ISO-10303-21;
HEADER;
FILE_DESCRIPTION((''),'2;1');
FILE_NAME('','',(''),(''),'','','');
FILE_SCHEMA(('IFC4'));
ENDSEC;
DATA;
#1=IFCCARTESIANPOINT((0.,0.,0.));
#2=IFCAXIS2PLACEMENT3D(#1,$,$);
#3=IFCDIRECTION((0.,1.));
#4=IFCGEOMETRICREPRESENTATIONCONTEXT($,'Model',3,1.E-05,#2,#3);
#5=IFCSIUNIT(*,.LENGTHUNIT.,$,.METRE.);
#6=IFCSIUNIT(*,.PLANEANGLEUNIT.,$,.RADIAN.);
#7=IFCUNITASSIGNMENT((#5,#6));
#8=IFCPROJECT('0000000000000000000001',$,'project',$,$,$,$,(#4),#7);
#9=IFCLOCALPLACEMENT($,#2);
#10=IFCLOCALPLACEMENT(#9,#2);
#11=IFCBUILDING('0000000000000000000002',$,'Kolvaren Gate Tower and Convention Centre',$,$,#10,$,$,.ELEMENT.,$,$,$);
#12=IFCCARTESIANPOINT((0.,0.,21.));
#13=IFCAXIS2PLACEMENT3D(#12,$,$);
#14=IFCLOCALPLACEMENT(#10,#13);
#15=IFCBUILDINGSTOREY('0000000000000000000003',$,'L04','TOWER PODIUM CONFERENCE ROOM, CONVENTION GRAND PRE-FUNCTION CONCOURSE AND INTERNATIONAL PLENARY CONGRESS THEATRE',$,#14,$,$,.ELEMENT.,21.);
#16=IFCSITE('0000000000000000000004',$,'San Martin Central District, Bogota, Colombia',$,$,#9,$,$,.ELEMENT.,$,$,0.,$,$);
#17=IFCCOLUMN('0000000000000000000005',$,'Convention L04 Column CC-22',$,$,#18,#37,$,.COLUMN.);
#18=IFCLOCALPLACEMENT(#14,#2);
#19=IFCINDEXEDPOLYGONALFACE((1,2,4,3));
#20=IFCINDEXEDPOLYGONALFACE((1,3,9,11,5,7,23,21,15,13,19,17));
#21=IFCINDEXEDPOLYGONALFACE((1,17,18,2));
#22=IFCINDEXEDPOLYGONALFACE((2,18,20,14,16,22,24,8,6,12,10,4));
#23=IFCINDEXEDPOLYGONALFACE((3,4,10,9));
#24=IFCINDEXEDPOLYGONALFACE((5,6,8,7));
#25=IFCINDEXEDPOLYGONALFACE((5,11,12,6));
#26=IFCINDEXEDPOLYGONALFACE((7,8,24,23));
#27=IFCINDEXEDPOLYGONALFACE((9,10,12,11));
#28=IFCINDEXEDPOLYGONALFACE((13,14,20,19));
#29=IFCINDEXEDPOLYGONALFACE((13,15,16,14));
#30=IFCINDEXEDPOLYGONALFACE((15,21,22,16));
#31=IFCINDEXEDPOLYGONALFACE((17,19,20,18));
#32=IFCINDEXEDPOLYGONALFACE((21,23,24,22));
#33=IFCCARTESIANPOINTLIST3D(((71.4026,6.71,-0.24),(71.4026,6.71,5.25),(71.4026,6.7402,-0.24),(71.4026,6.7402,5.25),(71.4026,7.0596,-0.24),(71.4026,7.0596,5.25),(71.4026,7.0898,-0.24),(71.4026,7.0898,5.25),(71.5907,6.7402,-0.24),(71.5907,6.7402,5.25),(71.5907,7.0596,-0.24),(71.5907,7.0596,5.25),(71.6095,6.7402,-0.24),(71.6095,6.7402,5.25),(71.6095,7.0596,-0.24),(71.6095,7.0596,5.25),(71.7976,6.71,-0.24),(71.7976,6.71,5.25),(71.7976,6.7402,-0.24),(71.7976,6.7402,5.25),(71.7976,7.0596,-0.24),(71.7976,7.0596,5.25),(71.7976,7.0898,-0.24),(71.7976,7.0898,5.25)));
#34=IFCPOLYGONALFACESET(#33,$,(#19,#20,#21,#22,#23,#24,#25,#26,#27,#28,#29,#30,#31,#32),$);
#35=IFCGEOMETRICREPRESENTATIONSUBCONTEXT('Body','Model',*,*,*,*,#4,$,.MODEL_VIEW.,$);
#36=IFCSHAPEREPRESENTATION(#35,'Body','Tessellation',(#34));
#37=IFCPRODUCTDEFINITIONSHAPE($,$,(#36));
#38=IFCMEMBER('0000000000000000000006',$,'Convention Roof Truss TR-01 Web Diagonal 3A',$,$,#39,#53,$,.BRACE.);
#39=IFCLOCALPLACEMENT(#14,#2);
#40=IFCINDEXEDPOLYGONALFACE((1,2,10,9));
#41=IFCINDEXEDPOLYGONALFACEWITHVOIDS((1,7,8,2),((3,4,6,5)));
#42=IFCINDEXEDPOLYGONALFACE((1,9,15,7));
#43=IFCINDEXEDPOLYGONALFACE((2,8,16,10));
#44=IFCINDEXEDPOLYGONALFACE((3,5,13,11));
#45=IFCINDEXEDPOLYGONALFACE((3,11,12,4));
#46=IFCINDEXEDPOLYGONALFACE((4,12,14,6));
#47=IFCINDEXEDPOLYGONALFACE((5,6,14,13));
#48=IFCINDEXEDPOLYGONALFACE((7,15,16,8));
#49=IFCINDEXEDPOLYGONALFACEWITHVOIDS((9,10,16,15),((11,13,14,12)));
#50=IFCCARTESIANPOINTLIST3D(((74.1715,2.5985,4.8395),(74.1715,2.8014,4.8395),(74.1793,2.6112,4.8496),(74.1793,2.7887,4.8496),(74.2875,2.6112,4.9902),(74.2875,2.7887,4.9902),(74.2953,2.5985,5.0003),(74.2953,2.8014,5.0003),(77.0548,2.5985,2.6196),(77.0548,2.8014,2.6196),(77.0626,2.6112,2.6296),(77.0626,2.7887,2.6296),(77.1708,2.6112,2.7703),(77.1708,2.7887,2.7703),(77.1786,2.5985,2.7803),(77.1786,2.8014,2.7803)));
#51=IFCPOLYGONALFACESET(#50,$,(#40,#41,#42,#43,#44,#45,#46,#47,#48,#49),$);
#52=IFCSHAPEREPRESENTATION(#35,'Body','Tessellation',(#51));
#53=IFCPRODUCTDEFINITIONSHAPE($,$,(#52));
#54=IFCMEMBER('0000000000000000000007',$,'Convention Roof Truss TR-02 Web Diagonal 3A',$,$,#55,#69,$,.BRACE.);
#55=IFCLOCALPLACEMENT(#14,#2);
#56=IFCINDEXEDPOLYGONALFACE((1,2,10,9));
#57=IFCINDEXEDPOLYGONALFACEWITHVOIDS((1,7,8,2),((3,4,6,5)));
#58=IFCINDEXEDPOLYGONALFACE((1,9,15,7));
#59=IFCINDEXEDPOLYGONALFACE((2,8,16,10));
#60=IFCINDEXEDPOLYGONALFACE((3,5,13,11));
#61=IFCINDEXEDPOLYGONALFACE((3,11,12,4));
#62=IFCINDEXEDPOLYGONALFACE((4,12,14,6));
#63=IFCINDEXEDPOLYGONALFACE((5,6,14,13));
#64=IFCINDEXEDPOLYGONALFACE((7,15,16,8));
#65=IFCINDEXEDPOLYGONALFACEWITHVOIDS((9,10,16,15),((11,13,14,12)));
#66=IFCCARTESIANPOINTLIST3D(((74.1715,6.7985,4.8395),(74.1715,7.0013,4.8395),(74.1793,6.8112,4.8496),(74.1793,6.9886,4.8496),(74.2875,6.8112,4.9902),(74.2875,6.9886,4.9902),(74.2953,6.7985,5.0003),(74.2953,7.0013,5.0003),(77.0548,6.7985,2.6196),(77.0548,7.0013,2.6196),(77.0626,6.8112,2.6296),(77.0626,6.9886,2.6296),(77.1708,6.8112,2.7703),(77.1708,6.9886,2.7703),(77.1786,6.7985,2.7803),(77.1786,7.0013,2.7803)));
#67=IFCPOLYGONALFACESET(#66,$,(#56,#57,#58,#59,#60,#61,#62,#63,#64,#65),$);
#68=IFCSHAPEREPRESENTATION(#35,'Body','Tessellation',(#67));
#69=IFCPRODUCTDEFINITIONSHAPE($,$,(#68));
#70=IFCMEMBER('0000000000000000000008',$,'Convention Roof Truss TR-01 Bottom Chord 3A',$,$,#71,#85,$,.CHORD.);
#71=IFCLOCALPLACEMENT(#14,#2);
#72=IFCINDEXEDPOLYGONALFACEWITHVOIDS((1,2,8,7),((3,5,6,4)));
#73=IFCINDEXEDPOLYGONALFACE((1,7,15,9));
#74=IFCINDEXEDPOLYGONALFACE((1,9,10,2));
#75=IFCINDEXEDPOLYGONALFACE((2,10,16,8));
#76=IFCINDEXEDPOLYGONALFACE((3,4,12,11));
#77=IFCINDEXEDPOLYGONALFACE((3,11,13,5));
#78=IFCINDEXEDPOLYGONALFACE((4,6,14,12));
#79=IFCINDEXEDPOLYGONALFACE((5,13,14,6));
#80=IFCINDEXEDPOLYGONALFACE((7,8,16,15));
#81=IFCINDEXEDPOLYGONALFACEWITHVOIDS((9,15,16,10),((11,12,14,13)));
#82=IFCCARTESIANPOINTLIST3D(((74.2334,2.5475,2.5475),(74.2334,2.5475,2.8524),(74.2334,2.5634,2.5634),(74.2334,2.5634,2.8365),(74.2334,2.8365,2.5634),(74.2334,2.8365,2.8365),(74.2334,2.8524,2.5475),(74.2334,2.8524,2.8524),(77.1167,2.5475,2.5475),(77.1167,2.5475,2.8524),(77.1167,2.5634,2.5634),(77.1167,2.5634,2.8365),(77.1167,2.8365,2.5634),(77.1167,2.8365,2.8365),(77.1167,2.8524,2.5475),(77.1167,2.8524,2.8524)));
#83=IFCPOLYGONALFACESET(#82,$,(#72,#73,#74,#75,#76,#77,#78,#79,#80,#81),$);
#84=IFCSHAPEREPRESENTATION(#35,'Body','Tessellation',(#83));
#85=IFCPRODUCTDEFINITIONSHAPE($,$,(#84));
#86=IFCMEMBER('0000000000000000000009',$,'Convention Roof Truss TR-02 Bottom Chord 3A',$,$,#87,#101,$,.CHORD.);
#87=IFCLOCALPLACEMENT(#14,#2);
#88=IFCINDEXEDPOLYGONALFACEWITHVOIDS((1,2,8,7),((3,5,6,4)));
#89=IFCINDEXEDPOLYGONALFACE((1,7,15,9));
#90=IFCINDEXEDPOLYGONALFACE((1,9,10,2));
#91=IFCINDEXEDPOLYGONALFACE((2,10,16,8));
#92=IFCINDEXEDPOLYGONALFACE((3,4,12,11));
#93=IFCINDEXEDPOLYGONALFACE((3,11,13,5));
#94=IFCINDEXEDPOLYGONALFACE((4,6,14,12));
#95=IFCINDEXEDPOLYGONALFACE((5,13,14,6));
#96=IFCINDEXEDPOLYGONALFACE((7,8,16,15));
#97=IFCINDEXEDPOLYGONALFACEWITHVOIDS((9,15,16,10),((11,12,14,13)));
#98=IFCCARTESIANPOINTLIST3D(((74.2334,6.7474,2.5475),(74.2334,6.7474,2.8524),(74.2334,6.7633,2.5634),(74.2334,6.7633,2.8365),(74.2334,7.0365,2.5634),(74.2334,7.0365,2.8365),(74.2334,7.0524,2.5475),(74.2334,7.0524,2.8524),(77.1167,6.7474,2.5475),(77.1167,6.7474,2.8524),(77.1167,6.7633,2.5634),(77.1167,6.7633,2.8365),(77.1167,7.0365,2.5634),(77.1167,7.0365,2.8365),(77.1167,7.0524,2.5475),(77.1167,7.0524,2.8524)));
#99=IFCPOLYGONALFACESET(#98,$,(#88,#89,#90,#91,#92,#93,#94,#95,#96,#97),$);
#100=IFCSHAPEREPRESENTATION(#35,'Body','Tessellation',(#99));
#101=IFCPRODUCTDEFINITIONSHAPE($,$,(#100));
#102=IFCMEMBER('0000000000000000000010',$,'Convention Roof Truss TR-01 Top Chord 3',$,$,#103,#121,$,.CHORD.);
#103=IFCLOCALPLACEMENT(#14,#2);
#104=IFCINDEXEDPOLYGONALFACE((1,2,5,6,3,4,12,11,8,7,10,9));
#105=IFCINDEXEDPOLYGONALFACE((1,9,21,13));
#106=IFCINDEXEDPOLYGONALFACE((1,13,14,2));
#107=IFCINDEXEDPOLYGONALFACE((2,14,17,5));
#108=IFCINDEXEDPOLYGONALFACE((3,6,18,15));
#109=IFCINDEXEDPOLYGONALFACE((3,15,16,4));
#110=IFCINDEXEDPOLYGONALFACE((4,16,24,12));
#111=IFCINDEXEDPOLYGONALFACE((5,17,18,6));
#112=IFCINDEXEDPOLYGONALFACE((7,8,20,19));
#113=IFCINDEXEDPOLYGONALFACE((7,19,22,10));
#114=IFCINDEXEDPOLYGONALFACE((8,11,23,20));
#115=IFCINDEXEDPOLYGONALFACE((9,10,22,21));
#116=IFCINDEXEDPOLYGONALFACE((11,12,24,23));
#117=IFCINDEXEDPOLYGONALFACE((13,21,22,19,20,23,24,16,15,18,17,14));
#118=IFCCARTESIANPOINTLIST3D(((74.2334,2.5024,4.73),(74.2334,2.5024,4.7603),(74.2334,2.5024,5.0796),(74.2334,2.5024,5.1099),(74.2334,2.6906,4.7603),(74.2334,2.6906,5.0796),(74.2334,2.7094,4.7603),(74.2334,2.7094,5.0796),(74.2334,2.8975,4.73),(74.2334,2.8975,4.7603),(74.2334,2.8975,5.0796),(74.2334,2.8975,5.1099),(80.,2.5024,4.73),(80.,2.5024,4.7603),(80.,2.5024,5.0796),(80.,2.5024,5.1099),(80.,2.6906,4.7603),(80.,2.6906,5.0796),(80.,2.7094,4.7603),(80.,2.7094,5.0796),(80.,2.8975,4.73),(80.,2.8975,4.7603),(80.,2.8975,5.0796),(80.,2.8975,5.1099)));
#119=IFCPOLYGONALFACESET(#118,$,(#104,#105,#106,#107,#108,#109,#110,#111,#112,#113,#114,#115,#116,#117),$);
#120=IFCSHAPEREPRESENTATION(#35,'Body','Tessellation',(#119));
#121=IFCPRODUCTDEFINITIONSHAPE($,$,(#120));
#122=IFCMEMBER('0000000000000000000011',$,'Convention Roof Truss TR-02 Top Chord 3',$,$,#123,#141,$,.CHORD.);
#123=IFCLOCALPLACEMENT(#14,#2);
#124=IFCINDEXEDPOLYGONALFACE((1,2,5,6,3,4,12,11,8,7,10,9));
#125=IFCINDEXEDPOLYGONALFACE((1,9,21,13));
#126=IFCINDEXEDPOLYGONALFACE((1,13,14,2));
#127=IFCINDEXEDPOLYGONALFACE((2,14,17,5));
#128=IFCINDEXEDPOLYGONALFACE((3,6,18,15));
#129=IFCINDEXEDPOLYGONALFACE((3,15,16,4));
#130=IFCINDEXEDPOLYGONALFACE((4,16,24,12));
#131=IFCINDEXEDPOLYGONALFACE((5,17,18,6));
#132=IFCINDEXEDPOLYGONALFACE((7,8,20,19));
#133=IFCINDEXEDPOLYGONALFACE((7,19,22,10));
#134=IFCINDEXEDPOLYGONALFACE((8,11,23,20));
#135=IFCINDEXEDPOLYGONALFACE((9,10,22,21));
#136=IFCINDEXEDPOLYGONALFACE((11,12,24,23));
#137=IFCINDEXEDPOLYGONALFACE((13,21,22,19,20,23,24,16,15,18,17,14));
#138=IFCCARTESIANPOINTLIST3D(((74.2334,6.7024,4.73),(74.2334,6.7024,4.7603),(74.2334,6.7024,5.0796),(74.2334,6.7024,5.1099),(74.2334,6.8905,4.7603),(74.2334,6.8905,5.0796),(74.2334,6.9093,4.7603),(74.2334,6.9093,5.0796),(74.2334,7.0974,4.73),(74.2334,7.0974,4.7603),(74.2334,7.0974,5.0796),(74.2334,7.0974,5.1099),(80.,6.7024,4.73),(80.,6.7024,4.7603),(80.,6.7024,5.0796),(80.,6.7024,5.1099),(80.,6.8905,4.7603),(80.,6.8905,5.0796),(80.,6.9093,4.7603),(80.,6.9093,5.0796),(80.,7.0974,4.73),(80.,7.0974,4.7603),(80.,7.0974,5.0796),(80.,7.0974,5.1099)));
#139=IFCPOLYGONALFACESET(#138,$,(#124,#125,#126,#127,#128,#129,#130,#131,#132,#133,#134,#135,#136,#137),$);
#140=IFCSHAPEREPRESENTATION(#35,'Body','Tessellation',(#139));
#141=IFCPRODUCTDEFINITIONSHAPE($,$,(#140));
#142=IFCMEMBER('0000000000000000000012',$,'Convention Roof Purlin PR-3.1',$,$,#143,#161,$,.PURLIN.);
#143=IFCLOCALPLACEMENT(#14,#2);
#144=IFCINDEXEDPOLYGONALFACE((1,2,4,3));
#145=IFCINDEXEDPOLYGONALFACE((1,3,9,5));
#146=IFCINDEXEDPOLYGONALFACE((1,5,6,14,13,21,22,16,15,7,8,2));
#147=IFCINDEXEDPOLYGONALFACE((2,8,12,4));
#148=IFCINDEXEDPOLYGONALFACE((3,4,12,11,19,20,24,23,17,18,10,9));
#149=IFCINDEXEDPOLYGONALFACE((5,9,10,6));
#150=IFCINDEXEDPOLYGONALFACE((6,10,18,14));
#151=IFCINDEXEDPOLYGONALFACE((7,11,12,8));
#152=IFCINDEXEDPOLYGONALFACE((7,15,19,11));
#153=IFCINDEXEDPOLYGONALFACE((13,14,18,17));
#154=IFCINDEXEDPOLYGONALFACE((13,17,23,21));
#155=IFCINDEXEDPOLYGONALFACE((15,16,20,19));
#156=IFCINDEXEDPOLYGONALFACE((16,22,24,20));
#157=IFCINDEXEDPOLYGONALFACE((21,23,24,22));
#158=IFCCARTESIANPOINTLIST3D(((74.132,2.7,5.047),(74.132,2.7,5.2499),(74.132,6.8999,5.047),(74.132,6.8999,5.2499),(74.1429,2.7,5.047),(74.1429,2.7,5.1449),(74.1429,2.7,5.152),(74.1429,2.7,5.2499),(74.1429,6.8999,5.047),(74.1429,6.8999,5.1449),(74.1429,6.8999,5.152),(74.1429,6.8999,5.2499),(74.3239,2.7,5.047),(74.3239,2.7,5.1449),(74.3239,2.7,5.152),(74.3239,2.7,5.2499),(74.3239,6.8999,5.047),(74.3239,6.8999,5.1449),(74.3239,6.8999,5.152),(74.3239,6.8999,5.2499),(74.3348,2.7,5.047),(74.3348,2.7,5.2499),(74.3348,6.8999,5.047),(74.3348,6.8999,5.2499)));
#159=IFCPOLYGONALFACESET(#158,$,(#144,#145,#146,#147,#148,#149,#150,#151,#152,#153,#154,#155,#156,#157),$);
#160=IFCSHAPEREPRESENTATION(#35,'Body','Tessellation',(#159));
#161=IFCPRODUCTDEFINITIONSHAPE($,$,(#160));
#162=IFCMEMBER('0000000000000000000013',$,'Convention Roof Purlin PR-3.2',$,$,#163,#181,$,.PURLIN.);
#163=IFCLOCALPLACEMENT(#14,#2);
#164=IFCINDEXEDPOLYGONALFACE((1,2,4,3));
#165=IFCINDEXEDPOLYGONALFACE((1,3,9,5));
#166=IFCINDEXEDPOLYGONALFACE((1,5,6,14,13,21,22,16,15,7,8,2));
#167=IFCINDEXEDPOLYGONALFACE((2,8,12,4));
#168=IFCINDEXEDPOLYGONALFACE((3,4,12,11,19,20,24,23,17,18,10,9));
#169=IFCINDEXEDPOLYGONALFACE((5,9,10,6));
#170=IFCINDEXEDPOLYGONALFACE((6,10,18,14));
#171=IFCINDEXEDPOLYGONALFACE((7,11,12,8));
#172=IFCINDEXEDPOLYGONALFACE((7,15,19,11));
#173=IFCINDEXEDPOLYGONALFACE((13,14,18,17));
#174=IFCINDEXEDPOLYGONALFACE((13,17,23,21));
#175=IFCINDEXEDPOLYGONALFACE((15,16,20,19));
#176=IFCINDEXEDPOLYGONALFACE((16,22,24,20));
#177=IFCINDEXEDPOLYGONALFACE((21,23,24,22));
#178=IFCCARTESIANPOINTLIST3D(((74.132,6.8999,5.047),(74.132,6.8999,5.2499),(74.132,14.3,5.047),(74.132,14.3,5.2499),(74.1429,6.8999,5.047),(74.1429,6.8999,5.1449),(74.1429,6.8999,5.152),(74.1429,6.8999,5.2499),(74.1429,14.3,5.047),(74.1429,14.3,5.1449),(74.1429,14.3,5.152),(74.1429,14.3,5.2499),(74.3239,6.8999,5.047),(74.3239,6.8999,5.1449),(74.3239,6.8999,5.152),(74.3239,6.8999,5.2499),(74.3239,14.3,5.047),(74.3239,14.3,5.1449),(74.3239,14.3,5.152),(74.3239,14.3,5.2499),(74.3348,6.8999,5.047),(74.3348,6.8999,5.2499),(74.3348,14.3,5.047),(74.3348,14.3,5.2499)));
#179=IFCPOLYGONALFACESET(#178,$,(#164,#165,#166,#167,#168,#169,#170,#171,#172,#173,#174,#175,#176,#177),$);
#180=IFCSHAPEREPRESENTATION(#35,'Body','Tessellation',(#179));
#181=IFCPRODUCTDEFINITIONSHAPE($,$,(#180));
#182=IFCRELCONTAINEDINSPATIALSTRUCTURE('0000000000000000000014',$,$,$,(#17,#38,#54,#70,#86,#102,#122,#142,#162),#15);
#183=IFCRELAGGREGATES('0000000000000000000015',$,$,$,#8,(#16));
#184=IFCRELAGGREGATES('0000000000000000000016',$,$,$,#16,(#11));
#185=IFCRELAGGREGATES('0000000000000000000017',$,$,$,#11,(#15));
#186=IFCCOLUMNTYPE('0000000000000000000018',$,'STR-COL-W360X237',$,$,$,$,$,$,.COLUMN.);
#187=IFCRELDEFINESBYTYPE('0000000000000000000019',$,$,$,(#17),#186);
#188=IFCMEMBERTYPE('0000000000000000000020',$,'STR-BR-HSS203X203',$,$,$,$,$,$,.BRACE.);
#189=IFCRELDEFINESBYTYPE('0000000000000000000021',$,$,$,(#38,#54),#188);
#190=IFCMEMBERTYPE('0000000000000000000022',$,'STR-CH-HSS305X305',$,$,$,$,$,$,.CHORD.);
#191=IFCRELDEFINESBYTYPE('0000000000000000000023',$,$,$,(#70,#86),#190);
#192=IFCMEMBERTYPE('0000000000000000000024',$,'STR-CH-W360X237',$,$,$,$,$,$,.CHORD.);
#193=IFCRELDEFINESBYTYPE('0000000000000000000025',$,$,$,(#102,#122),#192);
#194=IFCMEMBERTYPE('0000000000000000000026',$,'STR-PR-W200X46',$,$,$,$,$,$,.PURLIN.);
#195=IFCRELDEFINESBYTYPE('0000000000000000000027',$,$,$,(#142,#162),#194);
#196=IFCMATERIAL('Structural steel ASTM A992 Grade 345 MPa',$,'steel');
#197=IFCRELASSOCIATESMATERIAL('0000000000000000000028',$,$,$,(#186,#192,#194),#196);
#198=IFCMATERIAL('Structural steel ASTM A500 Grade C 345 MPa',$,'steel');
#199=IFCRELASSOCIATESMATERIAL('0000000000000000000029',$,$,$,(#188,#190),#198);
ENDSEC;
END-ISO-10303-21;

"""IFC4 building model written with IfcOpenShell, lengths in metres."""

from ifc_helpers import new_model, si_unit, direction, frame, origin, origin_2d, place, context, subcontext, project, spatial, hollow_rectangle, i_section, extrude, material, material_profile, profile_set, type_object, element, save


model = new_model("IFC4")

# Units and contexts
model_context = context("Model", 3, precision=1e-05, world=origin(), true_north=direction((0.0, 1.0)))
body_context = subcontext(model_context, "Body", "Model", "MODEL_VIEW")
ifc_project = project(units=[si_unit("LENGTHUNIT", "METRE"), si_unit("PLANEANGLEUNIT", "RADIAN")], contexts=[model_context])

# Site, building, storey
site_placement = place(None, origin())
site = spatial("IfcSite", under=ifc_project, at=site_placement, Name="San Martin Central District, Bogota, Colombia", CompositionType="ELEMENT", RefElevation=0.0)
building_placement = place(site_placement, origin())
building = spatial("IfcBuilding", under=site, at=building_placement, Name="Kolvaren Gate Tower and Convention Centre", CompositionType="ELEMENT")
storey_placement = place(building_placement, frame((0.0, 0.0, 21.0)))
storey = spatial("IfcBuildingStorey", under=building, at=storey_placement, Name="L04", Description="TOWER PODIUM CONFERENCE ROOM, CONVENTION GRAND PRE-FUNCTION CONCOURSE AND INTERNATIONAL PLENARY CONGRESS THEATRE", CompositionType="ELEMENT", Elevation=21.0)

# Column
ifc_material_1 = material(Name="Structural steel ASTM A992 Grade 345 MPa", Category="steel")
ifc_material_profile_1 = material_profile(ifc_material_1, i_section(OverallWidth=0.395, OverallDepth=0.3799, WebThickness=0.0188, FlangeThickness=0.0303, at=origin_2d()), Name="W360X237")
ifc_profile_set_1 = profile_set([ifc_material_profile_1], Name="Structural steel ASTM A992 Grade 345 MPa")
column_type = type_object("IfcColumnType", Name="STR-COL-W360X237", PredefinedType="COLUMN", material=ifc_profile_set_1)
column_placement = place(storey_placement, frame((71.6001, 6.8999, -0.24), z_axis=(0.0, 0.0, 1.0), x_axis=(1.0, 0.0, 0.0)))
element("IfcColumn", 1, at=column_placement, inside=storey, type_object=column_type, Name="Convention L04 Column CC-22", PredefinedType="COLUMN", context=body_context, shape_type="SweptSolid", body=[
    extrude(i_section(OverallWidth=0.395, OverallDepth=0.3799, WebThickness=0.0188, FlangeThickness=0.0303, at=origin_2d()), origin(), (0.0, 0.0, 1.0), 5.49),
])

# Members
ifc_material_2 = material(Name="Structural steel ASTM A500 Grade C 345 MPa", Category="steel")
ifc_material_profile_2 = material_profile(ifc_material_2, hollow_rectangle(XDim=0.2029, YDim=0.2029, WallThickness=0.0127, at=origin_2d()), Name="HSS203X203X12.7")
ifc_profile_set_2 = profile_set([ifc_material_profile_2], Name="Structural steel ASTM A500 Grade C 345 MPa")
member_type_1 = type_object("IfcMemberType", Name="STR-BR-HSS203X203", PredefinedType="BRACE", material=ifc_profile_set_2)
for number, where, z_axis, x_axis, name in (
    (2, (74.2334, 2.7, 4.9199), (0.792352, 0.0, -0.610064), (0.0, 1.0, 0.0), "Convention Roof Truss TR-01 Web Diagonal 3A"),
    (3, (74.2334, 6.8999, 4.9199), (0.792352, 0.0, -0.610064), (0.0, 1.0, 0.0), "Convention Roof Truss TR-02 Web Diagonal 3A"),
):
    element("IfcMember", number, at=place(storey_placement, frame(where, z_axis=z_axis, x_axis=x_axis)), inside=storey, type_object=member_type_1, Name=name, PredefinedType="BRACE", context=body_context, shape_type="SweptSolid", body=[
        extrude(hollow_rectangle(XDim=0.2029, YDim=0.2029, WallThickness=0.0127, at=origin_2d()), origin(), (0.0, 0.0, 1.0), 3.6389),
    ])
ifc_material_profile_3 = material_profile(ifc_material_2, hollow_rectangle(XDim=0.3049, YDim=0.3049, WallThickness=0.0159, at=origin_2d()), Name="HSS305X305X15.9")
ifc_profile_set_3 = profile_set([ifc_material_profile_3], Name="Structural steel ASTM A500 Grade C 345 MPa")
member_type_2 = type_object("IfcMemberType", Name="STR-CH-HSS305X305", PredefinedType="CHORD", material=ifc_profile_set_3)
for number, where, z_axis, x_axis, name in (
    (4, (74.2334, 2.7, 2.7), (1.0, 0.0, 0.0), (0.0, 1.0, 0.0), "Convention Roof Truss TR-01 Bottom Chord 3A"),
    (5, (74.2334, 6.8999, 2.7), (1.0, 0.0, 0.0), (0.0, 1.0, 0.0), "Convention Roof Truss TR-02 Bottom Chord 3A"),
):
    element("IfcMember", number, at=place(storey_placement, frame(where, z_axis=z_axis, x_axis=x_axis)), inside=storey, type_object=member_type_2, Name=name, PredefinedType="CHORD", context=body_context, shape_type="SweptSolid", body=[
        extrude(hollow_rectangle(XDim=0.3049, YDim=0.3049, WallThickness=0.0159, at=origin_2d()), origin(), (0.0, 0.0, 1.0), 2.8833),
    ])
ifc_material_profile_4 = material_profile(ifc_material_1, i_section(OverallWidth=0.395, OverallDepth=0.3799, WebThickness=0.0188, FlangeThickness=0.0303, at=origin_2d()), Name="W360X237")
ifc_profile_set_4 = profile_set([ifc_material_profile_4], Name="Structural steel ASTM A992 Grade 345 MPa")
member_type_3 = type_object("IfcMemberType", Name="STR-CH-W360X237", PredefinedType="CHORD", material=ifc_profile_set_4)
for number, where, z_axis, x_axis, name in (
    (6, (74.2334, 2.7, 4.9199), (1.0, 0.0, 0.0), (0.0, 1.0, 0.0), "Convention Roof Truss TR-01 Top Chord 3"),
    (7, (74.2334, 6.8999, 4.9199), (1.0, 0.0, 0.0), (0.0, 1.0, 0.0), "Convention Roof Truss TR-02 Top Chord 3"),
):
    element("IfcMember", number, at=place(storey_placement, frame(where, z_axis=z_axis, x_axis=x_axis)), inside=storey, type_object=member_type_3, Name=name, PredefinedType="CHORD", context=body_context, shape_type="SweptSolid", body=[
        extrude(i_section(OverallWidth=0.395, OverallDepth=0.3799, WebThickness=0.0188, FlangeThickness=0.0303, at=origin_2d()), origin(), (0.0, 0.0, 1.0), 5.7666),
    ])
ifc_material_profile_5 = material_profile(ifc_material_1, i_section(OverallWidth=0.2029, OverallDepth=0.2029, WebThickness=0.0071, FlangeThickness=0.011, at=origin_2d()), Name="W200X46")
ifc_profile_set_5 = profile_set([ifc_material_profile_5], Name="Structural steel ASTM A992 Grade 345 MPa")
member_type_4 = type_object("IfcMemberType", Name="STR-PR-W200X46", PredefinedType="PURLIN", material=ifc_profile_set_5)
member_1_placement = place(storey_placement, frame((74.2334, 2.7, 5.1484), z_axis=(0.0, 1.0, 0.0), x_axis=(0.0, 0.0, 1.0)))
element("IfcMember", 8, at=member_1_placement, inside=storey, type_object=member_type_4, Name="Convention Roof Purlin PR-3.1", PredefinedType="PURLIN", context=body_context, shape_type="SweptSolid", body=[
    extrude(i_section(OverallWidth=0.2029, OverallDepth=0.2029, WebThickness=0.0071, FlangeThickness=0.011, at=origin_2d()), origin(), (0.0, 0.0, 1.0), 4.2),
])
member_2_placement = place(storey_placement, frame((74.2334, 6.8999, 5.1484), z_axis=(0.0, 1.0, 0.0), x_axis=(0.0, 0.0, 1.0)))
element("IfcMember", 9, at=member_2_placement, inside=storey, type_object=member_type_4, Name="Convention Roof Purlin PR-3.2", PredefinedType="PURLIN", context=body_context, shape_type="SweptSolid", body=[
    extrude(i_section(OverallWidth=0.2029, OverallDepth=0.2029, WebThickness=0.0071, FlangeThickness=0.011, at=origin_2d()), origin(), (0.0, 0.0, 1.0), 7.4001),
])

save(model, "model.ifc")
